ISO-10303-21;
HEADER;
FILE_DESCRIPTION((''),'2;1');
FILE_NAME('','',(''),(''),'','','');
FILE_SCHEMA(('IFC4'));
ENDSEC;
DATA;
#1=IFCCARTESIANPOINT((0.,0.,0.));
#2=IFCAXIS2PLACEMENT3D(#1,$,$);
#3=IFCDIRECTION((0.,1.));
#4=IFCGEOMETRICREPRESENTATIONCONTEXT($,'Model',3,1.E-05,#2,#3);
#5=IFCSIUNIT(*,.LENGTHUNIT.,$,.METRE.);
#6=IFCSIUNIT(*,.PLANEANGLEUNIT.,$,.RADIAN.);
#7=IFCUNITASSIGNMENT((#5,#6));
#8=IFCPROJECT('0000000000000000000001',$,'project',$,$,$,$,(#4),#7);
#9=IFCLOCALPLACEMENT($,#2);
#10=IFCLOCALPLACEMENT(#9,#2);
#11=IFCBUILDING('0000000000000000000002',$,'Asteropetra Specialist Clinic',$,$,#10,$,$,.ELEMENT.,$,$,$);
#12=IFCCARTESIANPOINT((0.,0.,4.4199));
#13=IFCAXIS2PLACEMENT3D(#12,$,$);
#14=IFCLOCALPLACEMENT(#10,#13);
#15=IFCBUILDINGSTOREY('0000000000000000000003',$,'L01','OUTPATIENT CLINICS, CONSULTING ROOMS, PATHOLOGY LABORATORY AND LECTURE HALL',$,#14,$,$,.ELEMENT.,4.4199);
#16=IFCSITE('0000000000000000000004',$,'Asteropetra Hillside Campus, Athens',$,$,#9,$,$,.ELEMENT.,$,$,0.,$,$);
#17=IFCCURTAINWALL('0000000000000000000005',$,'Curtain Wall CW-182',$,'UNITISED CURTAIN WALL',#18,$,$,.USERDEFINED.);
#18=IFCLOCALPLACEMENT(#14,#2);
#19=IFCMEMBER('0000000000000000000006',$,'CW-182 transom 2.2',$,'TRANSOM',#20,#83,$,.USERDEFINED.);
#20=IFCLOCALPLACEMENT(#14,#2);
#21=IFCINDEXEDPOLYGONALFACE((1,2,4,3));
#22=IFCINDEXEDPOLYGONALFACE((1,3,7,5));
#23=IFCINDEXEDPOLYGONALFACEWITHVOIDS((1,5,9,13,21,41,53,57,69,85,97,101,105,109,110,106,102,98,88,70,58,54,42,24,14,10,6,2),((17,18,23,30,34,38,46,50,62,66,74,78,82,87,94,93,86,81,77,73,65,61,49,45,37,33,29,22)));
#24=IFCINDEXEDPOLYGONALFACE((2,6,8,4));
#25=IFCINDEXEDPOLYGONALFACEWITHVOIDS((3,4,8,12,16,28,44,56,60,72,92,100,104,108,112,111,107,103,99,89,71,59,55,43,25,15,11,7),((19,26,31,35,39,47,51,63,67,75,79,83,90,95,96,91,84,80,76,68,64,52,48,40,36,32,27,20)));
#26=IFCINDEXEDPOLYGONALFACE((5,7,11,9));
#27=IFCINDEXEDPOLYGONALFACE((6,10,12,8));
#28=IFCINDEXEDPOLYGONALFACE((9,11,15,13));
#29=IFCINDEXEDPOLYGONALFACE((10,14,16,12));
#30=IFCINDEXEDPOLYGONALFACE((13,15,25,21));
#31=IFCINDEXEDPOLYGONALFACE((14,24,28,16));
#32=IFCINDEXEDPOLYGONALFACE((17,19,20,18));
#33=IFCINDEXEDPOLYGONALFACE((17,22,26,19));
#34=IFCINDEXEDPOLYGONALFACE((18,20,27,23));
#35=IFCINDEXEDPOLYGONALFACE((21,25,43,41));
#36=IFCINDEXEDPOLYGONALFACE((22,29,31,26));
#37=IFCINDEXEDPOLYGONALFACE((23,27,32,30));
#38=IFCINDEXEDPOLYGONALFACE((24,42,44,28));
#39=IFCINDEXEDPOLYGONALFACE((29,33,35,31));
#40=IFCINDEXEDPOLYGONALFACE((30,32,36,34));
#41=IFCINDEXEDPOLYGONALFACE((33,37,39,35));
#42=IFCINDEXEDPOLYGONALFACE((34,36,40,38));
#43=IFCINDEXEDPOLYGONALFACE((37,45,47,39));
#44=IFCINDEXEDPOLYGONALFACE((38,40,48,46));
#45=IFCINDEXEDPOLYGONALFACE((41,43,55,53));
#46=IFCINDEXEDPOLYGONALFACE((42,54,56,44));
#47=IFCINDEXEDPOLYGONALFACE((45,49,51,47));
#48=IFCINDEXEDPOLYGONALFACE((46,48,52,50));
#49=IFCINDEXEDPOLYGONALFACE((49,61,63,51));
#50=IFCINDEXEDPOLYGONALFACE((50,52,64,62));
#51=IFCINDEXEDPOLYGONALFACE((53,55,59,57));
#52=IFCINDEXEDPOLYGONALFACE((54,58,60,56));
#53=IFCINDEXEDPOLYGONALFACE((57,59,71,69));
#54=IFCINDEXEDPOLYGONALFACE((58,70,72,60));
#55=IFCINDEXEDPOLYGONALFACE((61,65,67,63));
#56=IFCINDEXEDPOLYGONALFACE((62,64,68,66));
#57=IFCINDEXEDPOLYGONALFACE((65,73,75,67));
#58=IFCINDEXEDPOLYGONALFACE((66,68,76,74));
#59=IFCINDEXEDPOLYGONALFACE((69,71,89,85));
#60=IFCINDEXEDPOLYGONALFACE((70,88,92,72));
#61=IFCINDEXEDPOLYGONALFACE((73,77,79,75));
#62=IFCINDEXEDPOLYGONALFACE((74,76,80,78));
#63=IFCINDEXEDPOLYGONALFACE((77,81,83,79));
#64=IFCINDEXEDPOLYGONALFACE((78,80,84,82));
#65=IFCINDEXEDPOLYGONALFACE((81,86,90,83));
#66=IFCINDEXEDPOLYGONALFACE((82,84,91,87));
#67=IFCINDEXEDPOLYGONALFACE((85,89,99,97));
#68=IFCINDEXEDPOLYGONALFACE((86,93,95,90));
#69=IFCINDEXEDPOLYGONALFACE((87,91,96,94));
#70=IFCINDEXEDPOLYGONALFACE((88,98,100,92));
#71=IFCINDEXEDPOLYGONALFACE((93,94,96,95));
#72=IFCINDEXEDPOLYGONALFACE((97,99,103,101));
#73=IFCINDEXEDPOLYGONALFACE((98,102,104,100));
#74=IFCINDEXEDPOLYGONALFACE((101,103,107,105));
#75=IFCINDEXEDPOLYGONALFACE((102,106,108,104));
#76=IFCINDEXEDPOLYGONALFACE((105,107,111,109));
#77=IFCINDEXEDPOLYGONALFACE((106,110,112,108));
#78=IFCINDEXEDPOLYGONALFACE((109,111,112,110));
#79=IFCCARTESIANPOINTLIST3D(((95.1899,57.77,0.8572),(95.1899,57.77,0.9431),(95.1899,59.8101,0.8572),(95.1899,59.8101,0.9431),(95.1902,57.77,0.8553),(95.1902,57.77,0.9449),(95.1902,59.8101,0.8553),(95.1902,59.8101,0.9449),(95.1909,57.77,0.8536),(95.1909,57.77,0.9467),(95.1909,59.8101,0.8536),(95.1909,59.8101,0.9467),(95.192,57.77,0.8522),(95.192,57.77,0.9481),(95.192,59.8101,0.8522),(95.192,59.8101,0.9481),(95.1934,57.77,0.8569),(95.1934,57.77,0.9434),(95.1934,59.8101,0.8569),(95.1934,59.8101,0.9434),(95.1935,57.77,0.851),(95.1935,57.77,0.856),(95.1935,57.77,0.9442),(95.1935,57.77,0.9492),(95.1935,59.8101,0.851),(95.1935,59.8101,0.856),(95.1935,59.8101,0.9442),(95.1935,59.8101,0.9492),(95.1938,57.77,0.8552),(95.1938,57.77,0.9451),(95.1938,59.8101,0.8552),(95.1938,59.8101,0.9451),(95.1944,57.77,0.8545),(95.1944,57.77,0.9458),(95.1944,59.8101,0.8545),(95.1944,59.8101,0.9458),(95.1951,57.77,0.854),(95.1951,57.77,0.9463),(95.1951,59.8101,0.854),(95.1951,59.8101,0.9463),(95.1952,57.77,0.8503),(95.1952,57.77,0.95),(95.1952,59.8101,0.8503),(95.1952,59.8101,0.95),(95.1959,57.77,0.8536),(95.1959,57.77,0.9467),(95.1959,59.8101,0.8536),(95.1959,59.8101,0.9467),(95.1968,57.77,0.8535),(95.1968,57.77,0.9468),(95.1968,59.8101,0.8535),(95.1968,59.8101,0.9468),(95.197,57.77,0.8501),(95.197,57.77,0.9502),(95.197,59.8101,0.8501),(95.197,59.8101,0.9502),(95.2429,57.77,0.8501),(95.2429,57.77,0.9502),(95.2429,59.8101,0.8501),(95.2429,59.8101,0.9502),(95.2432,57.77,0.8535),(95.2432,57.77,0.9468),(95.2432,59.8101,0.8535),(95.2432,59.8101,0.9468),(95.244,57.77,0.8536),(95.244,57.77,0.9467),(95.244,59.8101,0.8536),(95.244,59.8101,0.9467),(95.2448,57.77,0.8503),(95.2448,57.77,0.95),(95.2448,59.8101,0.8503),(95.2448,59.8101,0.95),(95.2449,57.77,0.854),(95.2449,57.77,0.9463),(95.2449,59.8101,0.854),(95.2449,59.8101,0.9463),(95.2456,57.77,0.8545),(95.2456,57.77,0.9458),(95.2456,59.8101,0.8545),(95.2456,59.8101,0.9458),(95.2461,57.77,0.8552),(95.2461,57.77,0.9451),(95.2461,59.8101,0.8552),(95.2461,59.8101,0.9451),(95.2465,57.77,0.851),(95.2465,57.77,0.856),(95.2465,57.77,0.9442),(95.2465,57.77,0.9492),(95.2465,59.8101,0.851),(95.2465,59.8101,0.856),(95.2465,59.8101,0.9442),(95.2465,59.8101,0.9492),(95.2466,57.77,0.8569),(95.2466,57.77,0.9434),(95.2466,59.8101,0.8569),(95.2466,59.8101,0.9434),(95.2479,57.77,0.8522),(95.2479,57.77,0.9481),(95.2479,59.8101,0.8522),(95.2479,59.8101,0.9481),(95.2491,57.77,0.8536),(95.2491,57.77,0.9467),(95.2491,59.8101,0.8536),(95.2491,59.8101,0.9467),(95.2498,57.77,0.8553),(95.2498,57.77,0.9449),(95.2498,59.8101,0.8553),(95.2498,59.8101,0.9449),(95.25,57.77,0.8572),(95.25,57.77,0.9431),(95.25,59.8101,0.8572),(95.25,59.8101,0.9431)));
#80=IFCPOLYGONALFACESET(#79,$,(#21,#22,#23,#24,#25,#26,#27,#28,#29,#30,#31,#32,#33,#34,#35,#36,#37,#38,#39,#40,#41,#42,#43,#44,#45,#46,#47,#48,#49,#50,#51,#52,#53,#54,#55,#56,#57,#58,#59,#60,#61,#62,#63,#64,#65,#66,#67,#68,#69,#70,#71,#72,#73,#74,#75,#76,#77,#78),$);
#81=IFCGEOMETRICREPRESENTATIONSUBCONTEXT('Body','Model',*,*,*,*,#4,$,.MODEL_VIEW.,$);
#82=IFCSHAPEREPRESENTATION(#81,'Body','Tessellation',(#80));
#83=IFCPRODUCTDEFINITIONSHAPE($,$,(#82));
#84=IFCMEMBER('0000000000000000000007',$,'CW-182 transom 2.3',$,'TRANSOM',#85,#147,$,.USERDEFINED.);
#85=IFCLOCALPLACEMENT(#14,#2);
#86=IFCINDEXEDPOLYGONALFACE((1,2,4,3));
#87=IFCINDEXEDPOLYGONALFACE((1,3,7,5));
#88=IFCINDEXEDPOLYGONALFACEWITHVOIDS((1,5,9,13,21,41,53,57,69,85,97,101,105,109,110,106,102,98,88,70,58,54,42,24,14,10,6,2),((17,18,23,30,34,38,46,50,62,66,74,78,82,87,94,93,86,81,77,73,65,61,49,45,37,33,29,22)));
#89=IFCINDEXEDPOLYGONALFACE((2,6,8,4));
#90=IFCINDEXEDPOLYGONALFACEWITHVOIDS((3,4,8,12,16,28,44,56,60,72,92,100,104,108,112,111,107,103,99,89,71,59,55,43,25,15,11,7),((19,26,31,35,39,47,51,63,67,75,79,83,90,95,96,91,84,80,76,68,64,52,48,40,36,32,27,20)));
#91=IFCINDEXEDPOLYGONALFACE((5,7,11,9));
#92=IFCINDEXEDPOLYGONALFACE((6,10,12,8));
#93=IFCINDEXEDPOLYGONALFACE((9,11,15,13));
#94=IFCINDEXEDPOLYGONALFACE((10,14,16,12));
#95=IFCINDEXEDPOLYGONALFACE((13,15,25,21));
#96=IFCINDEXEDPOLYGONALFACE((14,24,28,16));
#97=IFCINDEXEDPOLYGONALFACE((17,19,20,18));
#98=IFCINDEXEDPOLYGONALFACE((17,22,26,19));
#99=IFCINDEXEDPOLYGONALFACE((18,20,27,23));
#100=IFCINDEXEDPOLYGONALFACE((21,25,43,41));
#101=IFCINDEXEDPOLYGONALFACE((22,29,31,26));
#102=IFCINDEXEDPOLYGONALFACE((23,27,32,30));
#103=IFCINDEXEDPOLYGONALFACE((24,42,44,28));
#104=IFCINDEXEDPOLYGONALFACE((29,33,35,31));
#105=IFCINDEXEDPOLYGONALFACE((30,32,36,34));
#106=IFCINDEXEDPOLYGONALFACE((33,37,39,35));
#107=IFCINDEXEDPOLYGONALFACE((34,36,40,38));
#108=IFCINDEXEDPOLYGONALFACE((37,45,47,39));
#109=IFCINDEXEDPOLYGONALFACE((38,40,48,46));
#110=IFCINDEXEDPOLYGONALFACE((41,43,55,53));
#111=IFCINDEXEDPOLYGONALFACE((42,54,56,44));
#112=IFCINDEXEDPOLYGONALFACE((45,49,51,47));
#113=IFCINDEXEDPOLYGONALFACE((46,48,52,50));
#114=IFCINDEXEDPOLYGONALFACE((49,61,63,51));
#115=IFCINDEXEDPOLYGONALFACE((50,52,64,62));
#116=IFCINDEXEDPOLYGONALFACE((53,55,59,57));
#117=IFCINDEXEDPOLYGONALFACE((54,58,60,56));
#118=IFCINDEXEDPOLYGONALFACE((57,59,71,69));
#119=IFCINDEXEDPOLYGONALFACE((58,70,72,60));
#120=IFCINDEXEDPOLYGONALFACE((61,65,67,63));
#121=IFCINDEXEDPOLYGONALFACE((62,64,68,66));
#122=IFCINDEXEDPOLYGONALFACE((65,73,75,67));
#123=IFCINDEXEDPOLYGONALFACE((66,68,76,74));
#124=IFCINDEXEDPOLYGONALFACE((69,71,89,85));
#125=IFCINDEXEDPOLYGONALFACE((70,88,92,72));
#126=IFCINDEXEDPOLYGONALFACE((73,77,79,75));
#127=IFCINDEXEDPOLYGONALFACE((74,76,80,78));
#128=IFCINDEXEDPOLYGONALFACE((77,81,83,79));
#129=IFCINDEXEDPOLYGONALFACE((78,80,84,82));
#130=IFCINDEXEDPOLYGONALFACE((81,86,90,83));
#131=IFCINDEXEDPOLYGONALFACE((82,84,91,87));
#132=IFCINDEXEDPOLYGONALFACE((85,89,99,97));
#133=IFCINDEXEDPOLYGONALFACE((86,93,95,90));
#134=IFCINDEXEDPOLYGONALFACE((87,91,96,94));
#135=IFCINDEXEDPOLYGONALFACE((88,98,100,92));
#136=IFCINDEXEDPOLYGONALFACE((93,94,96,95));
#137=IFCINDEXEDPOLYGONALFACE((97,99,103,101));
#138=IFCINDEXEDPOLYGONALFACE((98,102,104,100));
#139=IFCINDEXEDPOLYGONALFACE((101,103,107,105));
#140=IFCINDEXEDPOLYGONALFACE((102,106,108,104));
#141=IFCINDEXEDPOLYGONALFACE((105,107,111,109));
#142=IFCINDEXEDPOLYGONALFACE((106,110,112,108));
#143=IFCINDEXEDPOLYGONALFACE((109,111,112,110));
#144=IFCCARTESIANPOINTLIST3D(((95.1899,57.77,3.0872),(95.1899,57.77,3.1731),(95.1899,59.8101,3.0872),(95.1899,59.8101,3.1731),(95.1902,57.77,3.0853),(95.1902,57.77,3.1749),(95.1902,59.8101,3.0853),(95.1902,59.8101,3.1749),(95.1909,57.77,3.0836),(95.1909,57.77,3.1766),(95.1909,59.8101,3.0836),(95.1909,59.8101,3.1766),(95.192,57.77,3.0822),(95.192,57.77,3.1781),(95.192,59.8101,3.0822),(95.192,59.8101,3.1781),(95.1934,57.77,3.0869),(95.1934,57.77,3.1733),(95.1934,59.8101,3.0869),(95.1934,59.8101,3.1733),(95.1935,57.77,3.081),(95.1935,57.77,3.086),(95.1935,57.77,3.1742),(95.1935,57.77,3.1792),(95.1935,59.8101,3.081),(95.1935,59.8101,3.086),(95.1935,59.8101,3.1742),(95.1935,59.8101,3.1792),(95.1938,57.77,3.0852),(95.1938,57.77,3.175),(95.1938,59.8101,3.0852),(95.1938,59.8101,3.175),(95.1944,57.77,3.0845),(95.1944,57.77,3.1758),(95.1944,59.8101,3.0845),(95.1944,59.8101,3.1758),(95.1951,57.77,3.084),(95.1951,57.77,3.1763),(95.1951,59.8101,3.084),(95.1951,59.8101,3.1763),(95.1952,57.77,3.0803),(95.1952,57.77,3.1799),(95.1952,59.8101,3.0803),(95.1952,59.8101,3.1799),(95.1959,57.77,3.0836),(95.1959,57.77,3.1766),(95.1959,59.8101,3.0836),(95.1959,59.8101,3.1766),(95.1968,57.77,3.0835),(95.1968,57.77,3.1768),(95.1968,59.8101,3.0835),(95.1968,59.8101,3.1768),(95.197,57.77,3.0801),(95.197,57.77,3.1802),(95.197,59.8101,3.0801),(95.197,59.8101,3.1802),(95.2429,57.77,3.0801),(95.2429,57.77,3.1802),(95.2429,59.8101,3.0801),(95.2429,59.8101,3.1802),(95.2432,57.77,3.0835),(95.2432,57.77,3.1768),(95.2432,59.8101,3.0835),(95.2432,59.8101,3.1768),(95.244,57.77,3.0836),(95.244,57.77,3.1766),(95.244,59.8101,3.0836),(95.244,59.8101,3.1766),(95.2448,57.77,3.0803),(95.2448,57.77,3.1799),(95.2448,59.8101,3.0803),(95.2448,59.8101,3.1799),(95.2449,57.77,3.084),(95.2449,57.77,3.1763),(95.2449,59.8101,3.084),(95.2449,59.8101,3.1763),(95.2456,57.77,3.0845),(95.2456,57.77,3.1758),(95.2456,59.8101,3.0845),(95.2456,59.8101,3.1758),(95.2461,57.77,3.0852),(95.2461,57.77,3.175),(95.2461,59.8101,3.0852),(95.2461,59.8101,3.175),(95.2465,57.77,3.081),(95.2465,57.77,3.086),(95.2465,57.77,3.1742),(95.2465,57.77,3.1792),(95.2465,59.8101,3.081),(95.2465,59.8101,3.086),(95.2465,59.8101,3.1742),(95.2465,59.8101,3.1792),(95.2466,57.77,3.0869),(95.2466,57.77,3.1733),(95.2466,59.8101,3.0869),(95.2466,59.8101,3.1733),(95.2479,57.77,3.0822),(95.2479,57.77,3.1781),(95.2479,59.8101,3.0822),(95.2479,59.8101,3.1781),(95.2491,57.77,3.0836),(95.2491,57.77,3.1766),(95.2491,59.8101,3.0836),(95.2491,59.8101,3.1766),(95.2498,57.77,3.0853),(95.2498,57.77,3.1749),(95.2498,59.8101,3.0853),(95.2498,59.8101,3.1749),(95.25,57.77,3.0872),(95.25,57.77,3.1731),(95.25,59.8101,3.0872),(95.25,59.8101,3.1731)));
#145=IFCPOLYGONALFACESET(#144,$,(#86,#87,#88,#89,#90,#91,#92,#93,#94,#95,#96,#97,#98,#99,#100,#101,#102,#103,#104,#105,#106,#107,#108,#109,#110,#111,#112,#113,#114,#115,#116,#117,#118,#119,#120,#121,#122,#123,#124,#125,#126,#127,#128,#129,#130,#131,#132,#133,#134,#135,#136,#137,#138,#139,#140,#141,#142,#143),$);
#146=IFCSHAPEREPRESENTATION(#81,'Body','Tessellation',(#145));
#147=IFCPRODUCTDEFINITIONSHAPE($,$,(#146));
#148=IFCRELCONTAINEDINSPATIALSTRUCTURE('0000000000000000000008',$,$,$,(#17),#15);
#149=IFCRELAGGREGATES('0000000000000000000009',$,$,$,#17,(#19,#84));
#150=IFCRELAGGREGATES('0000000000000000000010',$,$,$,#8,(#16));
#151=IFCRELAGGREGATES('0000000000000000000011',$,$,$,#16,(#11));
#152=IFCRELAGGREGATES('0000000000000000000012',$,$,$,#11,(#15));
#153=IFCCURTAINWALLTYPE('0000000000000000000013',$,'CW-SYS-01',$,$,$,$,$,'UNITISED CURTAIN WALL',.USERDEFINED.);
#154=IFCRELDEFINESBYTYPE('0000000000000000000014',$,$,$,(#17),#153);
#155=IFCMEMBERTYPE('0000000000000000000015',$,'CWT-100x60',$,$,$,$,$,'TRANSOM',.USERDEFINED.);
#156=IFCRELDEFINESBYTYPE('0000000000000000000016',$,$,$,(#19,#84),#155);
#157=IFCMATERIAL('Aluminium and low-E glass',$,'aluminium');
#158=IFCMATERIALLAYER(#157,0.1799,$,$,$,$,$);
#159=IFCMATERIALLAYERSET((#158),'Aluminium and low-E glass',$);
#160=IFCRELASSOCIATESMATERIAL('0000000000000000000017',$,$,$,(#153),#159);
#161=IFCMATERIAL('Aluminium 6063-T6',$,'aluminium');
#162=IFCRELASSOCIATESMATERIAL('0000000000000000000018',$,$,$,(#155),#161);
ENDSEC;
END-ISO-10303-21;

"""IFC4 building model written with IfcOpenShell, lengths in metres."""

from ifc_helpers import new_model, si_unit, direction, frame, origin, origin_2d, place, context, subcontext, project, spatial, hollow_rectangle, extrude, material, layer, layer_set, material_profile, profile_set, type_object, element, aggregate, save


model = new_model("IFC4")

# Units and contexts
model_context = context("Model", 3, precision=1e-05, world=origin(), true_north=direction((0.0, 1.0)))
body_context = subcontext(model_context, "Body", "Model", "MODEL_VIEW")
ifc_project = project(units=[si_unit("LENGTHUNIT", "METRE"), si_unit("PLANEANGLEUNIT", "RADIAN")], contexts=[model_context])

# Site, building, storey
site_placement = place(None, origin())
site = spatial("IfcSite", under=ifc_project, at=site_placement, Name="Asteropetra Hillside Campus, Athens", CompositionType="ELEMENT", RefElevation=0.0)
building_placement = place(site_placement, origin())
building = spatial("IfcBuilding", under=site, at=building_placement, Name="Asteropetra Specialist Clinic", CompositionType="ELEMENT")
storey_placement = place(building_placement, frame((0.0, 0.0, 4.4199)))
storey = spatial("IfcBuildingStorey", under=building, at=storey_placement, Name="L01", Description="OUTPATIENT CLINICS, CONSULTING ROOMS, PATHOLOGY LABORATORY AND LECTURE HALL", CompositionType="ELEMENT", Elevation=4.4199)

# Curtain wall, members
ifc_material_1 = material(Name="Aluminium and low-E glass", Category="aluminium")
ifc_layer_1 = layer(ifc_material_1, 0.1799)
ifc_layer_set_1 = layer_set([ifc_layer_1], Name="Aluminium and low-E glass")
curtain_wall_type = type_object("IfcCurtainWallType", Name="CW-SYS-01", ElementType="UNITISED CURTAIN WALL", PredefinedType="USERDEFINED", material=ifc_layer_set_1)
curtain_wall_placement = place(storey_placement, origin())
curtain_wall = element("IfcCurtainWall", 1, at=curtain_wall_placement, inside=storey, type_object=curtain_wall_type, Name="Curtain Wall CW-182", ObjectType="UNITISED CURTAIN WALL", PredefinedType="USERDEFINED")
ifc_material_2 = material(Name="Aluminium 6063-T6", Category="aluminium")
ifc_material_profile_1 = material_profile(ifc_material_2, hollow_rectangle(XDim=0.0601, YDim=0.1001, WallThickness=0.0034, InnerFilletRadius=0.0034, OuterFilletRadius=0.0071, at=origin_2d()), Name="TRN 100x60x3.5")
ifc_profile_set_1 = profile_set([ifc_material_profile_1], Name="Aluminium 6063-T6")
member_type_1 = type_object("IfcMemberType", Name="CWT-100x60", ElementType="TRANSOM", PredefinedType="USERDEFINED", material=ifc_profile_set_1)
member_1_placement = place(storey_placement, frame((95.22, 57.77, 0.9001), z_axis=(0.0, 1.0, 0.0), x_axis=(-1.0, 0.0, 0.0)))
member_1 = element("IfcMember", 2, at=member_1_placement, type_object=member_type_1, Name="CW-182 transom 2.2", ObjectType="TRANSOM", PredefinedType="USERDEFINED", context=body_context, shape_type="SweptSolid", body=[
    extrude(hollow_rectangle(XDim=0.0601, YDim=0.1001, WallThickness=0.0034, InnerFilletRadius=0.0034, OuterFilletRadius=0.0071, at=origin_2d()), origin(), (0.0, 0.0, 1.0), 2.04),
])
member_2_placement = place(storey_placement, frame((95.22, 57.77, 3.1301), z_axis=(0.0, 1.0, 0.0), x_axis=(-1.0, 0.0, 0.0)))
member_2 = element("IfcMember", 3, at=member_2_placement, type_object=member_type_1, Name="CW-182 transom 2.3", ObjectType="TRANSOM", PredefinedType="USERDEFINED", context=body_context, shape_type="SweptSolid", body=[
    extrude(hollow_rectangle(XDim=0.0601, YDim=0.1001, WallThickness=0.0034, InnerFilletRadius=0.0034, OuterFilletRadius=0.0071, at=origin_2d()), origin(), (0.0, 0.0, 1.0), 2.04),
])
aggregate(curtain_wall, [member_1, member_2])

save(model, "model.ifc")
